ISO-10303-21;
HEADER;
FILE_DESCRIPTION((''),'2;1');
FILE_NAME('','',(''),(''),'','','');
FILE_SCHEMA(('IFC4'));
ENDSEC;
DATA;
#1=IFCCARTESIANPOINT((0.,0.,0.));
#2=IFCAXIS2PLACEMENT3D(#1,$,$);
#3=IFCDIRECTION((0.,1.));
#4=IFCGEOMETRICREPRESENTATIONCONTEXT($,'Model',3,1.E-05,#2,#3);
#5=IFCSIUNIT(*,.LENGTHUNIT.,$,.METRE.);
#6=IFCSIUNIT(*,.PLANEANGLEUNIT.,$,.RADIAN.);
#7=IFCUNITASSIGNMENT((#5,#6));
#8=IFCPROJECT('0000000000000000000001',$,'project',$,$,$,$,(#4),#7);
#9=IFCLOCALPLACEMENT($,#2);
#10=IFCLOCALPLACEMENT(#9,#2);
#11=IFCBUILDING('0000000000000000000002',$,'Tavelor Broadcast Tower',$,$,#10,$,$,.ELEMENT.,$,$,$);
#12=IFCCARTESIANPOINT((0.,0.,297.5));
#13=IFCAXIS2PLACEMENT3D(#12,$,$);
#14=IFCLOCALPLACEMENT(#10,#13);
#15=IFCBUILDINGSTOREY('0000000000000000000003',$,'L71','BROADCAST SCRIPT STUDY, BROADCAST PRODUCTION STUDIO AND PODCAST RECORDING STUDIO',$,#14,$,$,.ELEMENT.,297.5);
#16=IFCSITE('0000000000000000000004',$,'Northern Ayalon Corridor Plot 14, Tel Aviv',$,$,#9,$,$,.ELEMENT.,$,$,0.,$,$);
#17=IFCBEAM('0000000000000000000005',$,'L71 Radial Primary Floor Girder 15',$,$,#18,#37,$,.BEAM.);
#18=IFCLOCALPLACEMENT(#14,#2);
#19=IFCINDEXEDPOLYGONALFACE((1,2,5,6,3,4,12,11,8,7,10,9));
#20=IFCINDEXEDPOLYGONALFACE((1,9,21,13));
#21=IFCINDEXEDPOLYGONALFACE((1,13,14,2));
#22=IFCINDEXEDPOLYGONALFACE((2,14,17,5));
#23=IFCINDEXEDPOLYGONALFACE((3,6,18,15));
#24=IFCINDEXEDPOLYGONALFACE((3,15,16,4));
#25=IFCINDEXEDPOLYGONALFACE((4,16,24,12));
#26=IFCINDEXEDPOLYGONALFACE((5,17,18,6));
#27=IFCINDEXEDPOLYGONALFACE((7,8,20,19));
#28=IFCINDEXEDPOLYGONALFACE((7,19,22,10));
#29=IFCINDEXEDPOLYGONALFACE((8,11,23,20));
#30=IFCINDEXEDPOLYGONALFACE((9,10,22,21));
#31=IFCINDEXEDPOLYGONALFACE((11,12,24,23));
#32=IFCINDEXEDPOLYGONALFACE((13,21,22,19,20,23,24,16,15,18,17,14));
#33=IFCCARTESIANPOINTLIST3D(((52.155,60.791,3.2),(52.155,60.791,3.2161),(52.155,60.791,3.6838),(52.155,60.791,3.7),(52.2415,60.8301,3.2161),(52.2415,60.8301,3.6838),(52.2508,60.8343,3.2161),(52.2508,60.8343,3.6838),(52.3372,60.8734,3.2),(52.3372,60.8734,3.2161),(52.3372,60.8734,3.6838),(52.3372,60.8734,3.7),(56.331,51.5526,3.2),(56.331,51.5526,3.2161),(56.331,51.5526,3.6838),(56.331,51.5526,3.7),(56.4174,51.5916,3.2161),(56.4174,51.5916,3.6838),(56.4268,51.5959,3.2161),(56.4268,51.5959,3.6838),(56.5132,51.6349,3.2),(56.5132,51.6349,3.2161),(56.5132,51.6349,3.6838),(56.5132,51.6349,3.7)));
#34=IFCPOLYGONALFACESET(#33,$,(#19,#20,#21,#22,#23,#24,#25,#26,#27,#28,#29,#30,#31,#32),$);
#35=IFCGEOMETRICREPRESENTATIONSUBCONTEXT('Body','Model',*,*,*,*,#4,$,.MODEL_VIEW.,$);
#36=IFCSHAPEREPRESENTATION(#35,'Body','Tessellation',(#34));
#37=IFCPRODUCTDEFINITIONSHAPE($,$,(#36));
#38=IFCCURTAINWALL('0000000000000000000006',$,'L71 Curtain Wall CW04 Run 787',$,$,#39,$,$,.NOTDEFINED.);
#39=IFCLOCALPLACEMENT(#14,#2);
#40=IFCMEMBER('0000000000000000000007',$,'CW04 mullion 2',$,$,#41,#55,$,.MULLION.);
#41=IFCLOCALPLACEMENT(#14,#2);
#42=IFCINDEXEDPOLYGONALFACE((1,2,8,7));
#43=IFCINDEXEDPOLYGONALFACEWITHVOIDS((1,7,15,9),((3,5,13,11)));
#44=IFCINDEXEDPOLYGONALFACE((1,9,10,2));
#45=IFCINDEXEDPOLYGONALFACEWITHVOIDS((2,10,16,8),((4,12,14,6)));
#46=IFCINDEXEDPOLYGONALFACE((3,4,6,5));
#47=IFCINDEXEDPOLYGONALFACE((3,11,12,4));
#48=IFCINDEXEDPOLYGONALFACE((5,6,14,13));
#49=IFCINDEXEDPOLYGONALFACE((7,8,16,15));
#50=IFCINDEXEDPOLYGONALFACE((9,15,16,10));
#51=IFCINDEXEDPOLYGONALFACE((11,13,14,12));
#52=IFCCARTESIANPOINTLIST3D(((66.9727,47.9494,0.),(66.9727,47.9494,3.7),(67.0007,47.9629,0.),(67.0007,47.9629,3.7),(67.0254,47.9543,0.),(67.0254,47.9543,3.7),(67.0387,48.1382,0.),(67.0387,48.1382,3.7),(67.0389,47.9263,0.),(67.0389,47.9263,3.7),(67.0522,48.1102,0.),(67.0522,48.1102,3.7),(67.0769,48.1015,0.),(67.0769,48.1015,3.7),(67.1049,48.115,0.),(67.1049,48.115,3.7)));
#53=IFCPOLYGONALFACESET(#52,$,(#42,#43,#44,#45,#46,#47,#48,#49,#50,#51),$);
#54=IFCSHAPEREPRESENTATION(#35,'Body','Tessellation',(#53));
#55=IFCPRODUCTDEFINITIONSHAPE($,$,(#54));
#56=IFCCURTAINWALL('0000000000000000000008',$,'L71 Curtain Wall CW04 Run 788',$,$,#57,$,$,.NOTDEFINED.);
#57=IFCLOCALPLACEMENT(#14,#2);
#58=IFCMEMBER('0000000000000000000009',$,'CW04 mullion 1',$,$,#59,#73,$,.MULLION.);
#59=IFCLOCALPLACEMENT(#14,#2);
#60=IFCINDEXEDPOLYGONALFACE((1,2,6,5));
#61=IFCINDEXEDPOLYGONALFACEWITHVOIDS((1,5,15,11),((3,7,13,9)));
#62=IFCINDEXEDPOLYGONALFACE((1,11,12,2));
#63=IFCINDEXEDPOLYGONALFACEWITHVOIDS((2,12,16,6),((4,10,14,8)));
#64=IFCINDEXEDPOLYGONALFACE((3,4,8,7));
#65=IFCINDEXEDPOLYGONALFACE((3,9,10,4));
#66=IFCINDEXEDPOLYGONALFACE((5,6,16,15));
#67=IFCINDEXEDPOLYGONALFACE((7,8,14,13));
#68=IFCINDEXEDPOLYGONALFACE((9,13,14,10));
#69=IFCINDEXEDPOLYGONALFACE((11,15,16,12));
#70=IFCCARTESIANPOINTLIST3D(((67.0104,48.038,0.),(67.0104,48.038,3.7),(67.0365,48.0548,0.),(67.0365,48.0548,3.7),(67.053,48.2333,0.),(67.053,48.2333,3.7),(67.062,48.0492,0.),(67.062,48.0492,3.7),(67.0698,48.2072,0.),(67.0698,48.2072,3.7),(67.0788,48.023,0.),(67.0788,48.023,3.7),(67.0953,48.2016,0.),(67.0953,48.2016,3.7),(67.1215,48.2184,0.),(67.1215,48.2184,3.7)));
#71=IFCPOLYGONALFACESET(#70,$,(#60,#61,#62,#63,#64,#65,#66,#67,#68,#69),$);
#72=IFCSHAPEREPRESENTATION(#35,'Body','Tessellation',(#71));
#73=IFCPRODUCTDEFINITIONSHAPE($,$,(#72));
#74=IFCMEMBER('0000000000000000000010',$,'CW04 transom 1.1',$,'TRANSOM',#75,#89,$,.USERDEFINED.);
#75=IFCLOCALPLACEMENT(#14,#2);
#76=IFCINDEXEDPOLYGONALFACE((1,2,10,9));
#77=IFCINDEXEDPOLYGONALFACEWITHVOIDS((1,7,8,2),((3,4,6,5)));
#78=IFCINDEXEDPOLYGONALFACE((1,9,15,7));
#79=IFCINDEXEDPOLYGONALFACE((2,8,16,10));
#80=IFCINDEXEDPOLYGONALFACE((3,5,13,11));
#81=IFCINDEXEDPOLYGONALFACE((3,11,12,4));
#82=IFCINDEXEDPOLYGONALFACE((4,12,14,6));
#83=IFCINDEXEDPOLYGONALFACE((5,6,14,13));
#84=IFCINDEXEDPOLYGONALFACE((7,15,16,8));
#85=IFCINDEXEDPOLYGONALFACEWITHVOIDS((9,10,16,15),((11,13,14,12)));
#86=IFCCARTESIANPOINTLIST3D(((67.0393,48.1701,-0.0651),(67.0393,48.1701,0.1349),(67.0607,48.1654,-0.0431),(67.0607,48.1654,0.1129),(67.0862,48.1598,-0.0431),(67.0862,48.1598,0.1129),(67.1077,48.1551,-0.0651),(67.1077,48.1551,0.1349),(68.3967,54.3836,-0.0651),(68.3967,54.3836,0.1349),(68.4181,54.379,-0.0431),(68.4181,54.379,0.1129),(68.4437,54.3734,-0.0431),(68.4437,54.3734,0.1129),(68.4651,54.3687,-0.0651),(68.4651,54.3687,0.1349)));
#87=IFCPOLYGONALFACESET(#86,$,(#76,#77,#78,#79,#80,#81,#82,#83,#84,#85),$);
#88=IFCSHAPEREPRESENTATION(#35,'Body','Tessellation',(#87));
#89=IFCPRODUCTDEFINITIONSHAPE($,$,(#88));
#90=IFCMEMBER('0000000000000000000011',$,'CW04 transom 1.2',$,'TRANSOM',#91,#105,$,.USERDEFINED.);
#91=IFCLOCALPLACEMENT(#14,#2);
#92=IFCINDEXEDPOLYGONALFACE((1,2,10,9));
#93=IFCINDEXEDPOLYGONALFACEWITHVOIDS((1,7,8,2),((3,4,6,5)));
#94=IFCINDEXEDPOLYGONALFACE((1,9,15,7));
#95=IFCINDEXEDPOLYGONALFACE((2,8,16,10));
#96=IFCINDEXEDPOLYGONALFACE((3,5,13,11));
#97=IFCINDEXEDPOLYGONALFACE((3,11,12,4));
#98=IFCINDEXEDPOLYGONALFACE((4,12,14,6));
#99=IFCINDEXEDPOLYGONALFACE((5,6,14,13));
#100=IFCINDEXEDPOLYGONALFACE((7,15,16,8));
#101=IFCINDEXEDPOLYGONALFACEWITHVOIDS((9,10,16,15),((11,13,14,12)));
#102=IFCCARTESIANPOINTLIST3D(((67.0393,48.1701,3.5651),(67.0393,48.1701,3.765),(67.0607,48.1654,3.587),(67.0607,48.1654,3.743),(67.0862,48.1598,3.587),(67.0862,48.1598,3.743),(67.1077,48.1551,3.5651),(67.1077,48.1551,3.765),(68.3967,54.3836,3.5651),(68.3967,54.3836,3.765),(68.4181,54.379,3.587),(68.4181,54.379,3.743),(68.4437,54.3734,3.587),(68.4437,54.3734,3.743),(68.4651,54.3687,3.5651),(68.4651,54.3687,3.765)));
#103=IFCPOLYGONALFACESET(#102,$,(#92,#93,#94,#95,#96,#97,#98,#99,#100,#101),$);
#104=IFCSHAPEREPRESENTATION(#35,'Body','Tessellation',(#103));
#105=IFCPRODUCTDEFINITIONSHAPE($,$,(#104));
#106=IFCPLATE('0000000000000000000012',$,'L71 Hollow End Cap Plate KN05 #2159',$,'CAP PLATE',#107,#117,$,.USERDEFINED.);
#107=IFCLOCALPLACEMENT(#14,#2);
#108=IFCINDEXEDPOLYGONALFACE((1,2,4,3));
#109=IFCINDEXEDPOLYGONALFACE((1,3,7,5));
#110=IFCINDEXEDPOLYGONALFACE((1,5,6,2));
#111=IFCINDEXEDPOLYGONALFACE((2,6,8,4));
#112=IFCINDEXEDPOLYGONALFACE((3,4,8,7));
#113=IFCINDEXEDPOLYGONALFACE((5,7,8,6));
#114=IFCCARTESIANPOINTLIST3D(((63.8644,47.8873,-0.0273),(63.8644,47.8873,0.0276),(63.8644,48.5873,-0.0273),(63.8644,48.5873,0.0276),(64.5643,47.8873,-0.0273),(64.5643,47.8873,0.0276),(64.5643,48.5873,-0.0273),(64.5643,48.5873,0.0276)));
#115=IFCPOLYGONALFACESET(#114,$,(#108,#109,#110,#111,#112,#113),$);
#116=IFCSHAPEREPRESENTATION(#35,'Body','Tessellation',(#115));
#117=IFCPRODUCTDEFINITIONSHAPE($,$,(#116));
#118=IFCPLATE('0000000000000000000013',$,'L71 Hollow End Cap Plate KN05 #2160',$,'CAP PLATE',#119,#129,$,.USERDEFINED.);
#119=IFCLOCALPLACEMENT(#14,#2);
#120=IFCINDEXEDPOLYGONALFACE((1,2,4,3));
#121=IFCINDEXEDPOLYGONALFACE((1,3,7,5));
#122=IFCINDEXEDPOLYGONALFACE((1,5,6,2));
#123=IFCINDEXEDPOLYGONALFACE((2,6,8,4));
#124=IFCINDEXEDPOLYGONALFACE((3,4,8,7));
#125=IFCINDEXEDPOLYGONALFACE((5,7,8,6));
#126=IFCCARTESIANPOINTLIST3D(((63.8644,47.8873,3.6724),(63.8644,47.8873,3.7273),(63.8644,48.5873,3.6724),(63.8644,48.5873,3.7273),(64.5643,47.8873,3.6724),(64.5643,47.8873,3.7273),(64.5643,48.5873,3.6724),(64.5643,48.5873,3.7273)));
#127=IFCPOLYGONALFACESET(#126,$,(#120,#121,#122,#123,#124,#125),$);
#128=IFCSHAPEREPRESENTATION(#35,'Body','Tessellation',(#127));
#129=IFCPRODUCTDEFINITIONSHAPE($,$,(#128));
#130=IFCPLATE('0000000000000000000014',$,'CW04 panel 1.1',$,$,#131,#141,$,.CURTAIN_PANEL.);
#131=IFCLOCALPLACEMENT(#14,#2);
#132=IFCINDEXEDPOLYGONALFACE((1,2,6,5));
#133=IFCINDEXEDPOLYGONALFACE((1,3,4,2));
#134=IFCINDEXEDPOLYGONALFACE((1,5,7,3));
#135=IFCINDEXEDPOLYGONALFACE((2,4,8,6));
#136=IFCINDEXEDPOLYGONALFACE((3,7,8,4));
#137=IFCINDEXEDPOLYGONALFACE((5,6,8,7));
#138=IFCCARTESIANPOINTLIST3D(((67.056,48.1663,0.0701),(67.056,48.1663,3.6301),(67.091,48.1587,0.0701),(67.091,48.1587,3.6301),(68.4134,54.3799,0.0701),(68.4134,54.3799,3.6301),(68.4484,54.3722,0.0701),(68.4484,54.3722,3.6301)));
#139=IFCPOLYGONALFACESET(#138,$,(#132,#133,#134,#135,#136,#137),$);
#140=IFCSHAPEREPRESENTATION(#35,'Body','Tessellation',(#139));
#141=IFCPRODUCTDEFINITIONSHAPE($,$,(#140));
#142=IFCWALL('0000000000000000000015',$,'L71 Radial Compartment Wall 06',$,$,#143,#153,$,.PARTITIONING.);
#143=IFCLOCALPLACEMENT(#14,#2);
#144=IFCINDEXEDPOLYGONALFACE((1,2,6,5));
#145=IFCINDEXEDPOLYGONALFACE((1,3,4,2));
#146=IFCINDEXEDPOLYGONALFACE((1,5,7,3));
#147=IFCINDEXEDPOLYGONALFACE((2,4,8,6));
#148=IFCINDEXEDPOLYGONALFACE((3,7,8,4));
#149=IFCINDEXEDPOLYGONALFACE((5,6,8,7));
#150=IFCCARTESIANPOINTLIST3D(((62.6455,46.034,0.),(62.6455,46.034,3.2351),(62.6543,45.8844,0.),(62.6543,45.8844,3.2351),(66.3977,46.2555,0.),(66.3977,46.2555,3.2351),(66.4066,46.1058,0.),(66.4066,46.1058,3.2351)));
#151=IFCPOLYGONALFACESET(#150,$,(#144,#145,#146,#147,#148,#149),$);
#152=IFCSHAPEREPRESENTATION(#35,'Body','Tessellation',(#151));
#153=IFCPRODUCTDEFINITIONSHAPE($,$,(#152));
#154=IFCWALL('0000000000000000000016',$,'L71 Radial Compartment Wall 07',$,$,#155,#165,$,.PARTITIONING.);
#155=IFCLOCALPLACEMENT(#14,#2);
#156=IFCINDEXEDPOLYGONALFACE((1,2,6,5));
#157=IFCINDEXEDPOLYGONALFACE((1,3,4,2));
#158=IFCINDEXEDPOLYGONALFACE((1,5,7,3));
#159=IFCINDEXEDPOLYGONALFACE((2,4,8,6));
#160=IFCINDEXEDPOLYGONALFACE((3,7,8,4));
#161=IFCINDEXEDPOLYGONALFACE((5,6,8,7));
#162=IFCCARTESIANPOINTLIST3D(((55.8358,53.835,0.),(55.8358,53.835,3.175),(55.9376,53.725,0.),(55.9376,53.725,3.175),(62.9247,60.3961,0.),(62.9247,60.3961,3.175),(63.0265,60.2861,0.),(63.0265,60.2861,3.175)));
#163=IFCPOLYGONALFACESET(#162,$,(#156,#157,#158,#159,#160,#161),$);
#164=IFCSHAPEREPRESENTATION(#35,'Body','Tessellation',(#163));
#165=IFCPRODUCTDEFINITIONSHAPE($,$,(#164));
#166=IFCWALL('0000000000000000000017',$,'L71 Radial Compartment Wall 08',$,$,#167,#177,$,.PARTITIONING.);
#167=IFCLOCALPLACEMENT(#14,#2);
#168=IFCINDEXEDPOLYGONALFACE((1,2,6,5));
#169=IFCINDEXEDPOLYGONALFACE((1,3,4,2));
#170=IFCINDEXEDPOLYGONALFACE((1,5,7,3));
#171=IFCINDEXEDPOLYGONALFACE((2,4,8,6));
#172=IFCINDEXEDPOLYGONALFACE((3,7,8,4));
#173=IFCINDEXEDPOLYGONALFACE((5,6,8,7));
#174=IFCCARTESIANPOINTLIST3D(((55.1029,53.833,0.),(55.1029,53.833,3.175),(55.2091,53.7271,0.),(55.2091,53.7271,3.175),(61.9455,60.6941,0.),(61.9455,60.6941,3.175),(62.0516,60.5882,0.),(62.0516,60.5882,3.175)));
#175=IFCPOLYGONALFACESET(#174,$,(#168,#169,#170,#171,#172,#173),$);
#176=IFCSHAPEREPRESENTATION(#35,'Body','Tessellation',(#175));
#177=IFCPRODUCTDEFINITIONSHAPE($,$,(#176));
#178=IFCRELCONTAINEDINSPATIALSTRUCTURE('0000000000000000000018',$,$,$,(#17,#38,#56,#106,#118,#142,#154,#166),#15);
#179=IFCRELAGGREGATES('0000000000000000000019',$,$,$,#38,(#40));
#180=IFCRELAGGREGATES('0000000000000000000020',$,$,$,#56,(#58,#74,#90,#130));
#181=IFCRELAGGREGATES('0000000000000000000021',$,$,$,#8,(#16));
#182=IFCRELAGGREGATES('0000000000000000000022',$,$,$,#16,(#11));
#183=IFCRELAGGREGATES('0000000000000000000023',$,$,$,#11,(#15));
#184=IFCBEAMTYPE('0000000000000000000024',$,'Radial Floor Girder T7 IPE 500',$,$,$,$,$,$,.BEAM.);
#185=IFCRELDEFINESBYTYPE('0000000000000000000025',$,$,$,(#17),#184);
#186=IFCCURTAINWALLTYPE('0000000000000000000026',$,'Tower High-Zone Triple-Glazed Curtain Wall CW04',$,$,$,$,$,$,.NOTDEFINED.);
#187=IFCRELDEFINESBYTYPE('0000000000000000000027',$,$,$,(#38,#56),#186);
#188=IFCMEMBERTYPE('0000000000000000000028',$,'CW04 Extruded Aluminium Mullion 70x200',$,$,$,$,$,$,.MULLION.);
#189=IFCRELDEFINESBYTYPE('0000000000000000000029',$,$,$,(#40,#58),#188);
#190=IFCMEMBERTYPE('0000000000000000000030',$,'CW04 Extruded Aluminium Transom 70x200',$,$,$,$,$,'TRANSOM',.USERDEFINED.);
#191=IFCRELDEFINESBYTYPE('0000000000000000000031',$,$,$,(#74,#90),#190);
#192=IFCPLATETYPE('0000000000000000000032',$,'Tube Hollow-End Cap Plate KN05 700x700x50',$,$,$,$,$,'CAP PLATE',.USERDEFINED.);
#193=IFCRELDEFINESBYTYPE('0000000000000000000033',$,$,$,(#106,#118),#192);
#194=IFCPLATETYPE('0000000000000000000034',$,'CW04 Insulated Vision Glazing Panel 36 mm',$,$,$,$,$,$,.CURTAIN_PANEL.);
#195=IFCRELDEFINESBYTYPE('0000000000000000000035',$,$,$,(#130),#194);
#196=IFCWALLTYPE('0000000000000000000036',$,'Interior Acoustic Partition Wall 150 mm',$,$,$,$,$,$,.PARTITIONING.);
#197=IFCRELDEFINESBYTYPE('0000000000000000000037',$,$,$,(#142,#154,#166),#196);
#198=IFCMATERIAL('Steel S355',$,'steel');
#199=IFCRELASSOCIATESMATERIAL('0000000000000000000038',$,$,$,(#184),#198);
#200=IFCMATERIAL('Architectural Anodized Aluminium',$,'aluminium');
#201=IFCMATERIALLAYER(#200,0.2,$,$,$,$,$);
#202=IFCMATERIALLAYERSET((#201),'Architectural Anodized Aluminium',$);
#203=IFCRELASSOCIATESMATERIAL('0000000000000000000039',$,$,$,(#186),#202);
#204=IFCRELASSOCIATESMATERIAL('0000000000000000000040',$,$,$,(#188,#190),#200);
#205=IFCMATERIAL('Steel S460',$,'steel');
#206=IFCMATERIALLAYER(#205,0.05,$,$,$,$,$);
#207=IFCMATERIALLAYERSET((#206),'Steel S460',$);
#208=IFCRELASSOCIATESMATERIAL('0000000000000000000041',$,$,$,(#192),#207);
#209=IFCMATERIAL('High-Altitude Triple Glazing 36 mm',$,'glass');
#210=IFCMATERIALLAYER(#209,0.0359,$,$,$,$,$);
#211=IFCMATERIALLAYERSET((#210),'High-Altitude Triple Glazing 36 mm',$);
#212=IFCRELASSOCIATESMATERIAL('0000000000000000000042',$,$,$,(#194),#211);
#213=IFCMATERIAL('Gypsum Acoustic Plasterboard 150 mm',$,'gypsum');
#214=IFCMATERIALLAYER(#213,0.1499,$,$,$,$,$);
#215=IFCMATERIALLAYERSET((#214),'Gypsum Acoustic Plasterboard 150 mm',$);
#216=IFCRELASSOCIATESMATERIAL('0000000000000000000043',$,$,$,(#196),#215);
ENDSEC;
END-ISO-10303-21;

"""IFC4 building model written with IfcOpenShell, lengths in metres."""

from ifc_helpers import new_model, si_unit, direction, frame, frame_2d, origin, origin_2d, place, context, subcontext, project, spatial, rectangle, hollow_rectangle, i_section, extrude, source, transform, mapped, material, layer, layer_set, material_profile, profile_set, type_object, type_shapes, element, aggregate, save


model = new_model("IFC4")

# Units and contexts
model_context = context("Model", 3, precision=1e-05, world=origin(), true_north=direction((0.0, 1.0)))
body_context = subcontext(model_context, "Body", "Model", "MODEL_VIEW")
ifc_project = project(units=[si_unit("LENGTHUNIT", "METRE"), si_unit("PLANEANGLEUNIT", "RADIAN")], contexts=[model_context])

# Site, building, storey
site_placement = place(None, origin())
site = spatial("IfcSite", under=ifc_project, at=site_placement, Name="Northern Ayalon Corridor Plot 14, Tel Aviv", CompositionType="ELEMENT", RefElevation=0.0)
building_placement = place(site_placement, origin())
building = spatial("IfcBuilding", under=site, at=building_placement, Name="Tavelor Broadcast Tower", CompositionType="ELEMENT")
storey_placement = place(building_placement, frame((0.0, 0.0, 297.5)))
storey = spatial("IfcBuildingStorey", under=building, at=storey_placement, Name="L71", Description="BROADCAST SCRIPT STUDY, BROADCAST PRODUCTION STUDIO AND PODCAST RECORDING STUDIO", CompositionType="ELEMENT", Elevation=297.5)

# Shared definitions
ifc_material_1 = material(Name="Steel S460", Category="steel")

# Beam
ifc_material_2 = material(Name="Steel S355", Category="steel")
ifc_material_profile_1 = material_profile(ifc_material_2, i_section(OverallWidth=0.2, OverallDepth=0.5, WebThickness=0.0103, FlangeThickness=0.0161, at=origin_2d()), Name="IPE 500")
ifc_profile_set_1 = profile_set([ifc_material_profile_1], Name="Steel S355")
beam_type_1 = type_object("IfcBeamType", Name="Radial Floor Girder T7 IPE 500", PredefinedType="BEAM", material=ifc_profile_set_1)
beam_1_placement = place(storey_placement, frame((56.4221, 51.5938, 3.45), z_axis=(-0.411897, 0.91123, 0.0), x_axis=(-0.91123, -0.411897, 0.0)))
element("IfcBeam", 1, at=beam_1_placement, inside=storey, type_object=beam_type_1, Name="L71 Radial Primary Floor Girder 15", PredefinedType="BEAM", context=body_context, shape_type="SweptSolid", body=[
    extrude(i_section(OverallWidth=0.2, OverallDepth=0.5, WebThickness=0.0103, FlangeThickness=0.0161, at=origin_2d()), origin(), (0.0, 0.0, 1.0), 10.1384),
])

# Curtain wall, member
ifc_material_3 = material(Name="Architectural Anodized Aluminium", Category="aluminium")
ifc_layer_1 = layer(ifc_material_3, 0.2)
ifc_layer_set_1 = layer_set([ifc_layer_1], Name="Architectural Anodized Aluminium")
curtain_wall_type = type_object("IfcCurtainWallType", Name="Tower High-Zone Triple-Glazed Curtain Wall CW04", PredefinedType="NOTDEFINED", material=ifc_layer_set_1)
curtain_wall_1_placement = place(storey_placement, origin())
curtain_wall_1 = element("IfcCurtainWall", 2, at=curtain_wall_1_placement, inside=storey, type_object=curtain_wall_type, Name="L71 Curtain Wall CW04 Run 787", PredefinedType="NOTDEFINED")
ifc_material_profile_2 = material_profile(ifc_material_3, hollow_rectangle(XDim=0.0701, YDim=0.2, WallThickness=0.022, at=origin_2d()), Name="RHS 70x200x22")
ifc_profile_set_2 = profile_set([ifc_material_profile_2], Name="Architectural Anodized Aluminium")
member_type_1 = type_object("IfcMemberType", Name="CW04 Extruded Aluminium Mullion 70x200", PredefinedType="MULLION", material=ifc_profile_set_2)
shared_shape_1 = source(origin(), body_context, "Body", "SweptSolid", [
    extrude(hollow_rectangle(XDim=0.0701, YDim=0.2, WallThickness=0.022, at=origin_2d()), origin(), (0.0, 0.0, 1.0), 3.7),
])
type_shapes(member_type_1, [shared_shape_1])
member_1_placement = place(storey_placement, frame((67.0388, 48.0322, 0.0), z_axis=(0.0, 0.0, 1.0), x_axis=(-0.943947, 0.330097, 0.0)))
member_1 = element("IfcMember", 3, at=member_1_placement, type_object=member_type_1, Name="CW04 mullion 2", PredefinedType="MULLION", context=body_context, shape_type="MappedRepresentation", body=[
    mapped(shared_shape_1, transform((0.0, 0.0, 0.0), scale=1.0)),
])
aggregate(curtain_wall_1, [member_1])

# Curtain wall, members
curtain_wall_2_placement = place(storey_placement, origin())
curtain_wall_2 = element("IfcCurtainWall", 4, at=curtain_wall_2_placement, inside=storey, type_object=curtain_wall_type, Name="L71 Curtain Wall CW04 Run 788", PredefinedType="NOTDEFINED")
member_2_placement = place(storey_placement, frame((67.0659, 48.1282, 0.0), z_axis=(0.0, 0.0, 1.0), x_axis=(-0.976959, 0.213425, 0.0)))
member_2 = element("IfcMember", 5, at=member_2_placement, type_object=member_type_1, Name="CW04 mullion 1", PredefinedType="MULLION", context=body_context, shape_type="MappedRepresentation", body=[
    mapped(shared_shape_1, transform((0.0, 0.0, 0.0), scale=1.0)),
])
ifc_material_profile_3 = material_profile(ifc_material_3, hollow_rectangle(XDim=0.0701, YDim=0.2, WallThickness=0.022, at=origin_2d()), Name="RHS 70x200x22")
ifc_profile_set_3 = profile_set([ifc_material_profile_3], Name="Architectural Anodized Aluminium")
member_type_2 = type_object("IfcMemberType", Name="CW04 Extruded Aluminium Transom 70x200", ElementType="TRANSOM", PredefinedType="USERDEFINED", material=ifc_profile_set_3)
shared_shape_2 = source(origin(), body_context, "Body", "SweptSolid", [
    extrude(hollow_rectangle(XDim=0.0701, YDim=0.2, WallThickness=0.022, at=origin_2d()), origin(), (0.0, 0.0, 1.0), 6.3601),
])
type_shapes(member_type_2, [shared_shape_2])
member_3_placement = place(storey_placement, frame((67.0735, 48.1626, 0.0349), z_axis=(0.213426, 0.976959, 0.0), x_axis=(-0.976959, 0.213426, 0.0)))
member_3 = element("IfcMember", 6, at=member_3_placement, type_object=member_type_2, Name="CW04 transom 1.1", ObjectType="TRANSOM", PredefinedType="USERDEFINED", context=body_context, shape_type="MappedRepresentation", body=[
    mapped(shared_shape_2, transform((0.0, 0.0, 0.0), scale=1.0)),
])
member_4_placement = place(storey_placement, frame((67.0735, 48.1626, 3.665), z_axis=(0.213426, 0.976959, 0.0), x_axis=(-0.976959, 0.213426, 0.0)))
member_4 = element("IfcMember", 7, at=member_4_placement, type_object=member_type_2, Name="CW04 transom 1.2", ObjectType="TRANSOM", PredefinedType="USERDEFINED", context=body_context, shape_type="MappedRepresentation", body=[
    mapped(shared_shape_2, transform((0.0, 0.0, 0.0), scale=1.0)),
])

# Plates
ifc_layer_2 = layer(ifc_material_1, 0.05)
ifc_layer_set_2 = layer_set([ifc_layer_2], Name="Steel S460")
plate_type_1 = type_object("IfcPlateType", Name="Tube Hollow-End Cap Plate KN05 700x700x50", ElementType="CAP PLATE", PredefinedType="USERDEFINED", material=ifc_layer_set_2)
shared_shape_3 = source(origin(), body_context, "Body", "SweptSolid", [
    extrude(rectangle(XDim=0.7, YDim=0.7, at=origin_2d()), origin(), (0.0, 0.0, 1.0), 0.0549),
])
type_shapes(plate_type_1, [shared_shape_3])
for number, where, z_axis, x_axis, name in (
    (8, (64.2144, 48.2373, -0.0273), (0.0, 0.0, 1.0), (1.0, 0.0, 0.0), "L71 Hollow End Cap Plate KN05 #2159"),
    (9, (64.2144, 48.2373, 3.6724), (0.0, 0.0, 1.0), (1.0, 0.0, 0.0), "L71 Hollow End Cap Plate KN05 #2160"),
):
    element("IfcPlate", number, at=place(storey_placement, frame(where, z_axis=z_axis, x_axis=x_axis)), inside=storey, type_object=plate_type_1, Name=name, ObjectType="CAP PLATE", PredefinedType="USERDEFINED", context=body_context, shape_type="MappedRepresentation", body=[
        mapped(shared_shape_3, transform((0.0, 0.0, 0.0), scale=1.0)),
    ])

# Plate
ifc_material_4 = material(Name="High-Altitude Triple Glazing 36 mm", Category="glass")
ifc_layer_3 = layer(ifc_material_4, 0.0359)
ifc_layer_set_3 = layer_set([ifc_layer_3], Name="High-Altitude Triple Glazing 36 mm")
plate_type_2 = type_object("IfcPlateType", Name="CW04 Insulated Vision Glazing Panel 36 mm", PredefinedType="CURTAIN_PANEL", material=ifc_layer_set_3)
shared_shape_4 = source(origin(), body_context, "Body", "SweptSolid", [
    extrude(rectangle(XDim=6.3601, YDim=0.0359, at=origin_2d()), origin(), (0.0, 0.0, 1.0), 3.5601),
])
type_shapes(plate_type_2, [shared_shape_4])
plate_placement = place(storey_placement, frame((67.7522, 51.2693, 0.0701), z_axis=(0.0, 0.0, 1.0), x_axis=(0.213425, 0.976959, 0.0)))
plate = element("IfcPlate", 10, at=plate_placement, type_object=plate_type_2, Name="CW04 panel 1.1", PredefinedType="CURTAIN_PANEL", context=body_context, shape_type="MappedRepresentation", body=[
    mapped(shared_shape_4, transform((0.0, 0.0, 0.0), scale=1.0)),
])
aggregate(curtain_wall_2, [member_2, member_3, member_4, plate])

# Walls
ifc_material_5 = material(Name="Gypsum Acoustic Plasterboard 150 mm", Category="gypsum")
ifc_layer_4 = layer(ifc_material_5, 0.1499)
ifc_layer_set_4 = layer_set([ifc_layer_4], Name="Gypsum Acoustic Plasterboard 150 mm")
wall_type_1 = type_object("IfcWallType", Name="Interior Acoustic Partition Wall 150 mm", PredefinedType="PARTITIONING", material=ifc_layer_set_4)
wall_1_placement = place(storey_placement, frame((62.6499, 45.9592, 0.0), z_axis=(0.0, 0.0, 1.0), x_axis=(0.998263, 0.058912, 0.0)))
element("IfcWall", 11, at=wall_1_placement, inside=storey, type_object=wall_type_1, Name="L71 Radial Compartment Wall 06", PredefinedType="PARTITIONING", context=body_context, shape_type="SweptSolid", body=[
    extrude(rectangle(XDim=3.7588, YDim=0.1499, at=frame_2d((1.8794, 0.0))), origin(), (0.0, 0.0, 1.0), 3.2351),
])
wall_2_placement = place(storey_placement, frame((55.8867, 53.78, 0.0), z_axis=(0.0, 0.0, 1.0), x_axis=(0.733902, 0.679256, 0.0)))
element("IfcWall", 12, at=wall_2_placement, inside=storey, type_object=wall_type_1, Name="L71 Radial Compartment Wall 07", PredefinedType="PARTITIONING", context=body_context, shape_type="SweptSolid", body=[
    extrude(rectangle(XDim=9.6592, YDim=0.1499, at=frame_2d((4.8296, 0.0))), origin(), (0.0, 0.0, 1.0), 3.175),
])
wall_3_placement = place(storey_placement, frame((55.156, 53.78, 0.0), z_axis=(0.0, 0.0, 1.0), x_axis=(0.706149, 0.708064, 0.0)))
element("IfcWall", 13, at=wall_3_placement, inside=storey, type_object=wall_type_1, Name="L71 Radial Compartment Wall 08", PredefinedType="PARTITIONING", context=body_context, shape_type="SweptSolid", body=[
    extrude(rectangle(XDim=9.6899, YDim=0.1499, at=frame_2d((4.845, 0.0))), origin(), (0.0, 0.0, 1.0), 3.175),
])

save(model, "model.ifc")
